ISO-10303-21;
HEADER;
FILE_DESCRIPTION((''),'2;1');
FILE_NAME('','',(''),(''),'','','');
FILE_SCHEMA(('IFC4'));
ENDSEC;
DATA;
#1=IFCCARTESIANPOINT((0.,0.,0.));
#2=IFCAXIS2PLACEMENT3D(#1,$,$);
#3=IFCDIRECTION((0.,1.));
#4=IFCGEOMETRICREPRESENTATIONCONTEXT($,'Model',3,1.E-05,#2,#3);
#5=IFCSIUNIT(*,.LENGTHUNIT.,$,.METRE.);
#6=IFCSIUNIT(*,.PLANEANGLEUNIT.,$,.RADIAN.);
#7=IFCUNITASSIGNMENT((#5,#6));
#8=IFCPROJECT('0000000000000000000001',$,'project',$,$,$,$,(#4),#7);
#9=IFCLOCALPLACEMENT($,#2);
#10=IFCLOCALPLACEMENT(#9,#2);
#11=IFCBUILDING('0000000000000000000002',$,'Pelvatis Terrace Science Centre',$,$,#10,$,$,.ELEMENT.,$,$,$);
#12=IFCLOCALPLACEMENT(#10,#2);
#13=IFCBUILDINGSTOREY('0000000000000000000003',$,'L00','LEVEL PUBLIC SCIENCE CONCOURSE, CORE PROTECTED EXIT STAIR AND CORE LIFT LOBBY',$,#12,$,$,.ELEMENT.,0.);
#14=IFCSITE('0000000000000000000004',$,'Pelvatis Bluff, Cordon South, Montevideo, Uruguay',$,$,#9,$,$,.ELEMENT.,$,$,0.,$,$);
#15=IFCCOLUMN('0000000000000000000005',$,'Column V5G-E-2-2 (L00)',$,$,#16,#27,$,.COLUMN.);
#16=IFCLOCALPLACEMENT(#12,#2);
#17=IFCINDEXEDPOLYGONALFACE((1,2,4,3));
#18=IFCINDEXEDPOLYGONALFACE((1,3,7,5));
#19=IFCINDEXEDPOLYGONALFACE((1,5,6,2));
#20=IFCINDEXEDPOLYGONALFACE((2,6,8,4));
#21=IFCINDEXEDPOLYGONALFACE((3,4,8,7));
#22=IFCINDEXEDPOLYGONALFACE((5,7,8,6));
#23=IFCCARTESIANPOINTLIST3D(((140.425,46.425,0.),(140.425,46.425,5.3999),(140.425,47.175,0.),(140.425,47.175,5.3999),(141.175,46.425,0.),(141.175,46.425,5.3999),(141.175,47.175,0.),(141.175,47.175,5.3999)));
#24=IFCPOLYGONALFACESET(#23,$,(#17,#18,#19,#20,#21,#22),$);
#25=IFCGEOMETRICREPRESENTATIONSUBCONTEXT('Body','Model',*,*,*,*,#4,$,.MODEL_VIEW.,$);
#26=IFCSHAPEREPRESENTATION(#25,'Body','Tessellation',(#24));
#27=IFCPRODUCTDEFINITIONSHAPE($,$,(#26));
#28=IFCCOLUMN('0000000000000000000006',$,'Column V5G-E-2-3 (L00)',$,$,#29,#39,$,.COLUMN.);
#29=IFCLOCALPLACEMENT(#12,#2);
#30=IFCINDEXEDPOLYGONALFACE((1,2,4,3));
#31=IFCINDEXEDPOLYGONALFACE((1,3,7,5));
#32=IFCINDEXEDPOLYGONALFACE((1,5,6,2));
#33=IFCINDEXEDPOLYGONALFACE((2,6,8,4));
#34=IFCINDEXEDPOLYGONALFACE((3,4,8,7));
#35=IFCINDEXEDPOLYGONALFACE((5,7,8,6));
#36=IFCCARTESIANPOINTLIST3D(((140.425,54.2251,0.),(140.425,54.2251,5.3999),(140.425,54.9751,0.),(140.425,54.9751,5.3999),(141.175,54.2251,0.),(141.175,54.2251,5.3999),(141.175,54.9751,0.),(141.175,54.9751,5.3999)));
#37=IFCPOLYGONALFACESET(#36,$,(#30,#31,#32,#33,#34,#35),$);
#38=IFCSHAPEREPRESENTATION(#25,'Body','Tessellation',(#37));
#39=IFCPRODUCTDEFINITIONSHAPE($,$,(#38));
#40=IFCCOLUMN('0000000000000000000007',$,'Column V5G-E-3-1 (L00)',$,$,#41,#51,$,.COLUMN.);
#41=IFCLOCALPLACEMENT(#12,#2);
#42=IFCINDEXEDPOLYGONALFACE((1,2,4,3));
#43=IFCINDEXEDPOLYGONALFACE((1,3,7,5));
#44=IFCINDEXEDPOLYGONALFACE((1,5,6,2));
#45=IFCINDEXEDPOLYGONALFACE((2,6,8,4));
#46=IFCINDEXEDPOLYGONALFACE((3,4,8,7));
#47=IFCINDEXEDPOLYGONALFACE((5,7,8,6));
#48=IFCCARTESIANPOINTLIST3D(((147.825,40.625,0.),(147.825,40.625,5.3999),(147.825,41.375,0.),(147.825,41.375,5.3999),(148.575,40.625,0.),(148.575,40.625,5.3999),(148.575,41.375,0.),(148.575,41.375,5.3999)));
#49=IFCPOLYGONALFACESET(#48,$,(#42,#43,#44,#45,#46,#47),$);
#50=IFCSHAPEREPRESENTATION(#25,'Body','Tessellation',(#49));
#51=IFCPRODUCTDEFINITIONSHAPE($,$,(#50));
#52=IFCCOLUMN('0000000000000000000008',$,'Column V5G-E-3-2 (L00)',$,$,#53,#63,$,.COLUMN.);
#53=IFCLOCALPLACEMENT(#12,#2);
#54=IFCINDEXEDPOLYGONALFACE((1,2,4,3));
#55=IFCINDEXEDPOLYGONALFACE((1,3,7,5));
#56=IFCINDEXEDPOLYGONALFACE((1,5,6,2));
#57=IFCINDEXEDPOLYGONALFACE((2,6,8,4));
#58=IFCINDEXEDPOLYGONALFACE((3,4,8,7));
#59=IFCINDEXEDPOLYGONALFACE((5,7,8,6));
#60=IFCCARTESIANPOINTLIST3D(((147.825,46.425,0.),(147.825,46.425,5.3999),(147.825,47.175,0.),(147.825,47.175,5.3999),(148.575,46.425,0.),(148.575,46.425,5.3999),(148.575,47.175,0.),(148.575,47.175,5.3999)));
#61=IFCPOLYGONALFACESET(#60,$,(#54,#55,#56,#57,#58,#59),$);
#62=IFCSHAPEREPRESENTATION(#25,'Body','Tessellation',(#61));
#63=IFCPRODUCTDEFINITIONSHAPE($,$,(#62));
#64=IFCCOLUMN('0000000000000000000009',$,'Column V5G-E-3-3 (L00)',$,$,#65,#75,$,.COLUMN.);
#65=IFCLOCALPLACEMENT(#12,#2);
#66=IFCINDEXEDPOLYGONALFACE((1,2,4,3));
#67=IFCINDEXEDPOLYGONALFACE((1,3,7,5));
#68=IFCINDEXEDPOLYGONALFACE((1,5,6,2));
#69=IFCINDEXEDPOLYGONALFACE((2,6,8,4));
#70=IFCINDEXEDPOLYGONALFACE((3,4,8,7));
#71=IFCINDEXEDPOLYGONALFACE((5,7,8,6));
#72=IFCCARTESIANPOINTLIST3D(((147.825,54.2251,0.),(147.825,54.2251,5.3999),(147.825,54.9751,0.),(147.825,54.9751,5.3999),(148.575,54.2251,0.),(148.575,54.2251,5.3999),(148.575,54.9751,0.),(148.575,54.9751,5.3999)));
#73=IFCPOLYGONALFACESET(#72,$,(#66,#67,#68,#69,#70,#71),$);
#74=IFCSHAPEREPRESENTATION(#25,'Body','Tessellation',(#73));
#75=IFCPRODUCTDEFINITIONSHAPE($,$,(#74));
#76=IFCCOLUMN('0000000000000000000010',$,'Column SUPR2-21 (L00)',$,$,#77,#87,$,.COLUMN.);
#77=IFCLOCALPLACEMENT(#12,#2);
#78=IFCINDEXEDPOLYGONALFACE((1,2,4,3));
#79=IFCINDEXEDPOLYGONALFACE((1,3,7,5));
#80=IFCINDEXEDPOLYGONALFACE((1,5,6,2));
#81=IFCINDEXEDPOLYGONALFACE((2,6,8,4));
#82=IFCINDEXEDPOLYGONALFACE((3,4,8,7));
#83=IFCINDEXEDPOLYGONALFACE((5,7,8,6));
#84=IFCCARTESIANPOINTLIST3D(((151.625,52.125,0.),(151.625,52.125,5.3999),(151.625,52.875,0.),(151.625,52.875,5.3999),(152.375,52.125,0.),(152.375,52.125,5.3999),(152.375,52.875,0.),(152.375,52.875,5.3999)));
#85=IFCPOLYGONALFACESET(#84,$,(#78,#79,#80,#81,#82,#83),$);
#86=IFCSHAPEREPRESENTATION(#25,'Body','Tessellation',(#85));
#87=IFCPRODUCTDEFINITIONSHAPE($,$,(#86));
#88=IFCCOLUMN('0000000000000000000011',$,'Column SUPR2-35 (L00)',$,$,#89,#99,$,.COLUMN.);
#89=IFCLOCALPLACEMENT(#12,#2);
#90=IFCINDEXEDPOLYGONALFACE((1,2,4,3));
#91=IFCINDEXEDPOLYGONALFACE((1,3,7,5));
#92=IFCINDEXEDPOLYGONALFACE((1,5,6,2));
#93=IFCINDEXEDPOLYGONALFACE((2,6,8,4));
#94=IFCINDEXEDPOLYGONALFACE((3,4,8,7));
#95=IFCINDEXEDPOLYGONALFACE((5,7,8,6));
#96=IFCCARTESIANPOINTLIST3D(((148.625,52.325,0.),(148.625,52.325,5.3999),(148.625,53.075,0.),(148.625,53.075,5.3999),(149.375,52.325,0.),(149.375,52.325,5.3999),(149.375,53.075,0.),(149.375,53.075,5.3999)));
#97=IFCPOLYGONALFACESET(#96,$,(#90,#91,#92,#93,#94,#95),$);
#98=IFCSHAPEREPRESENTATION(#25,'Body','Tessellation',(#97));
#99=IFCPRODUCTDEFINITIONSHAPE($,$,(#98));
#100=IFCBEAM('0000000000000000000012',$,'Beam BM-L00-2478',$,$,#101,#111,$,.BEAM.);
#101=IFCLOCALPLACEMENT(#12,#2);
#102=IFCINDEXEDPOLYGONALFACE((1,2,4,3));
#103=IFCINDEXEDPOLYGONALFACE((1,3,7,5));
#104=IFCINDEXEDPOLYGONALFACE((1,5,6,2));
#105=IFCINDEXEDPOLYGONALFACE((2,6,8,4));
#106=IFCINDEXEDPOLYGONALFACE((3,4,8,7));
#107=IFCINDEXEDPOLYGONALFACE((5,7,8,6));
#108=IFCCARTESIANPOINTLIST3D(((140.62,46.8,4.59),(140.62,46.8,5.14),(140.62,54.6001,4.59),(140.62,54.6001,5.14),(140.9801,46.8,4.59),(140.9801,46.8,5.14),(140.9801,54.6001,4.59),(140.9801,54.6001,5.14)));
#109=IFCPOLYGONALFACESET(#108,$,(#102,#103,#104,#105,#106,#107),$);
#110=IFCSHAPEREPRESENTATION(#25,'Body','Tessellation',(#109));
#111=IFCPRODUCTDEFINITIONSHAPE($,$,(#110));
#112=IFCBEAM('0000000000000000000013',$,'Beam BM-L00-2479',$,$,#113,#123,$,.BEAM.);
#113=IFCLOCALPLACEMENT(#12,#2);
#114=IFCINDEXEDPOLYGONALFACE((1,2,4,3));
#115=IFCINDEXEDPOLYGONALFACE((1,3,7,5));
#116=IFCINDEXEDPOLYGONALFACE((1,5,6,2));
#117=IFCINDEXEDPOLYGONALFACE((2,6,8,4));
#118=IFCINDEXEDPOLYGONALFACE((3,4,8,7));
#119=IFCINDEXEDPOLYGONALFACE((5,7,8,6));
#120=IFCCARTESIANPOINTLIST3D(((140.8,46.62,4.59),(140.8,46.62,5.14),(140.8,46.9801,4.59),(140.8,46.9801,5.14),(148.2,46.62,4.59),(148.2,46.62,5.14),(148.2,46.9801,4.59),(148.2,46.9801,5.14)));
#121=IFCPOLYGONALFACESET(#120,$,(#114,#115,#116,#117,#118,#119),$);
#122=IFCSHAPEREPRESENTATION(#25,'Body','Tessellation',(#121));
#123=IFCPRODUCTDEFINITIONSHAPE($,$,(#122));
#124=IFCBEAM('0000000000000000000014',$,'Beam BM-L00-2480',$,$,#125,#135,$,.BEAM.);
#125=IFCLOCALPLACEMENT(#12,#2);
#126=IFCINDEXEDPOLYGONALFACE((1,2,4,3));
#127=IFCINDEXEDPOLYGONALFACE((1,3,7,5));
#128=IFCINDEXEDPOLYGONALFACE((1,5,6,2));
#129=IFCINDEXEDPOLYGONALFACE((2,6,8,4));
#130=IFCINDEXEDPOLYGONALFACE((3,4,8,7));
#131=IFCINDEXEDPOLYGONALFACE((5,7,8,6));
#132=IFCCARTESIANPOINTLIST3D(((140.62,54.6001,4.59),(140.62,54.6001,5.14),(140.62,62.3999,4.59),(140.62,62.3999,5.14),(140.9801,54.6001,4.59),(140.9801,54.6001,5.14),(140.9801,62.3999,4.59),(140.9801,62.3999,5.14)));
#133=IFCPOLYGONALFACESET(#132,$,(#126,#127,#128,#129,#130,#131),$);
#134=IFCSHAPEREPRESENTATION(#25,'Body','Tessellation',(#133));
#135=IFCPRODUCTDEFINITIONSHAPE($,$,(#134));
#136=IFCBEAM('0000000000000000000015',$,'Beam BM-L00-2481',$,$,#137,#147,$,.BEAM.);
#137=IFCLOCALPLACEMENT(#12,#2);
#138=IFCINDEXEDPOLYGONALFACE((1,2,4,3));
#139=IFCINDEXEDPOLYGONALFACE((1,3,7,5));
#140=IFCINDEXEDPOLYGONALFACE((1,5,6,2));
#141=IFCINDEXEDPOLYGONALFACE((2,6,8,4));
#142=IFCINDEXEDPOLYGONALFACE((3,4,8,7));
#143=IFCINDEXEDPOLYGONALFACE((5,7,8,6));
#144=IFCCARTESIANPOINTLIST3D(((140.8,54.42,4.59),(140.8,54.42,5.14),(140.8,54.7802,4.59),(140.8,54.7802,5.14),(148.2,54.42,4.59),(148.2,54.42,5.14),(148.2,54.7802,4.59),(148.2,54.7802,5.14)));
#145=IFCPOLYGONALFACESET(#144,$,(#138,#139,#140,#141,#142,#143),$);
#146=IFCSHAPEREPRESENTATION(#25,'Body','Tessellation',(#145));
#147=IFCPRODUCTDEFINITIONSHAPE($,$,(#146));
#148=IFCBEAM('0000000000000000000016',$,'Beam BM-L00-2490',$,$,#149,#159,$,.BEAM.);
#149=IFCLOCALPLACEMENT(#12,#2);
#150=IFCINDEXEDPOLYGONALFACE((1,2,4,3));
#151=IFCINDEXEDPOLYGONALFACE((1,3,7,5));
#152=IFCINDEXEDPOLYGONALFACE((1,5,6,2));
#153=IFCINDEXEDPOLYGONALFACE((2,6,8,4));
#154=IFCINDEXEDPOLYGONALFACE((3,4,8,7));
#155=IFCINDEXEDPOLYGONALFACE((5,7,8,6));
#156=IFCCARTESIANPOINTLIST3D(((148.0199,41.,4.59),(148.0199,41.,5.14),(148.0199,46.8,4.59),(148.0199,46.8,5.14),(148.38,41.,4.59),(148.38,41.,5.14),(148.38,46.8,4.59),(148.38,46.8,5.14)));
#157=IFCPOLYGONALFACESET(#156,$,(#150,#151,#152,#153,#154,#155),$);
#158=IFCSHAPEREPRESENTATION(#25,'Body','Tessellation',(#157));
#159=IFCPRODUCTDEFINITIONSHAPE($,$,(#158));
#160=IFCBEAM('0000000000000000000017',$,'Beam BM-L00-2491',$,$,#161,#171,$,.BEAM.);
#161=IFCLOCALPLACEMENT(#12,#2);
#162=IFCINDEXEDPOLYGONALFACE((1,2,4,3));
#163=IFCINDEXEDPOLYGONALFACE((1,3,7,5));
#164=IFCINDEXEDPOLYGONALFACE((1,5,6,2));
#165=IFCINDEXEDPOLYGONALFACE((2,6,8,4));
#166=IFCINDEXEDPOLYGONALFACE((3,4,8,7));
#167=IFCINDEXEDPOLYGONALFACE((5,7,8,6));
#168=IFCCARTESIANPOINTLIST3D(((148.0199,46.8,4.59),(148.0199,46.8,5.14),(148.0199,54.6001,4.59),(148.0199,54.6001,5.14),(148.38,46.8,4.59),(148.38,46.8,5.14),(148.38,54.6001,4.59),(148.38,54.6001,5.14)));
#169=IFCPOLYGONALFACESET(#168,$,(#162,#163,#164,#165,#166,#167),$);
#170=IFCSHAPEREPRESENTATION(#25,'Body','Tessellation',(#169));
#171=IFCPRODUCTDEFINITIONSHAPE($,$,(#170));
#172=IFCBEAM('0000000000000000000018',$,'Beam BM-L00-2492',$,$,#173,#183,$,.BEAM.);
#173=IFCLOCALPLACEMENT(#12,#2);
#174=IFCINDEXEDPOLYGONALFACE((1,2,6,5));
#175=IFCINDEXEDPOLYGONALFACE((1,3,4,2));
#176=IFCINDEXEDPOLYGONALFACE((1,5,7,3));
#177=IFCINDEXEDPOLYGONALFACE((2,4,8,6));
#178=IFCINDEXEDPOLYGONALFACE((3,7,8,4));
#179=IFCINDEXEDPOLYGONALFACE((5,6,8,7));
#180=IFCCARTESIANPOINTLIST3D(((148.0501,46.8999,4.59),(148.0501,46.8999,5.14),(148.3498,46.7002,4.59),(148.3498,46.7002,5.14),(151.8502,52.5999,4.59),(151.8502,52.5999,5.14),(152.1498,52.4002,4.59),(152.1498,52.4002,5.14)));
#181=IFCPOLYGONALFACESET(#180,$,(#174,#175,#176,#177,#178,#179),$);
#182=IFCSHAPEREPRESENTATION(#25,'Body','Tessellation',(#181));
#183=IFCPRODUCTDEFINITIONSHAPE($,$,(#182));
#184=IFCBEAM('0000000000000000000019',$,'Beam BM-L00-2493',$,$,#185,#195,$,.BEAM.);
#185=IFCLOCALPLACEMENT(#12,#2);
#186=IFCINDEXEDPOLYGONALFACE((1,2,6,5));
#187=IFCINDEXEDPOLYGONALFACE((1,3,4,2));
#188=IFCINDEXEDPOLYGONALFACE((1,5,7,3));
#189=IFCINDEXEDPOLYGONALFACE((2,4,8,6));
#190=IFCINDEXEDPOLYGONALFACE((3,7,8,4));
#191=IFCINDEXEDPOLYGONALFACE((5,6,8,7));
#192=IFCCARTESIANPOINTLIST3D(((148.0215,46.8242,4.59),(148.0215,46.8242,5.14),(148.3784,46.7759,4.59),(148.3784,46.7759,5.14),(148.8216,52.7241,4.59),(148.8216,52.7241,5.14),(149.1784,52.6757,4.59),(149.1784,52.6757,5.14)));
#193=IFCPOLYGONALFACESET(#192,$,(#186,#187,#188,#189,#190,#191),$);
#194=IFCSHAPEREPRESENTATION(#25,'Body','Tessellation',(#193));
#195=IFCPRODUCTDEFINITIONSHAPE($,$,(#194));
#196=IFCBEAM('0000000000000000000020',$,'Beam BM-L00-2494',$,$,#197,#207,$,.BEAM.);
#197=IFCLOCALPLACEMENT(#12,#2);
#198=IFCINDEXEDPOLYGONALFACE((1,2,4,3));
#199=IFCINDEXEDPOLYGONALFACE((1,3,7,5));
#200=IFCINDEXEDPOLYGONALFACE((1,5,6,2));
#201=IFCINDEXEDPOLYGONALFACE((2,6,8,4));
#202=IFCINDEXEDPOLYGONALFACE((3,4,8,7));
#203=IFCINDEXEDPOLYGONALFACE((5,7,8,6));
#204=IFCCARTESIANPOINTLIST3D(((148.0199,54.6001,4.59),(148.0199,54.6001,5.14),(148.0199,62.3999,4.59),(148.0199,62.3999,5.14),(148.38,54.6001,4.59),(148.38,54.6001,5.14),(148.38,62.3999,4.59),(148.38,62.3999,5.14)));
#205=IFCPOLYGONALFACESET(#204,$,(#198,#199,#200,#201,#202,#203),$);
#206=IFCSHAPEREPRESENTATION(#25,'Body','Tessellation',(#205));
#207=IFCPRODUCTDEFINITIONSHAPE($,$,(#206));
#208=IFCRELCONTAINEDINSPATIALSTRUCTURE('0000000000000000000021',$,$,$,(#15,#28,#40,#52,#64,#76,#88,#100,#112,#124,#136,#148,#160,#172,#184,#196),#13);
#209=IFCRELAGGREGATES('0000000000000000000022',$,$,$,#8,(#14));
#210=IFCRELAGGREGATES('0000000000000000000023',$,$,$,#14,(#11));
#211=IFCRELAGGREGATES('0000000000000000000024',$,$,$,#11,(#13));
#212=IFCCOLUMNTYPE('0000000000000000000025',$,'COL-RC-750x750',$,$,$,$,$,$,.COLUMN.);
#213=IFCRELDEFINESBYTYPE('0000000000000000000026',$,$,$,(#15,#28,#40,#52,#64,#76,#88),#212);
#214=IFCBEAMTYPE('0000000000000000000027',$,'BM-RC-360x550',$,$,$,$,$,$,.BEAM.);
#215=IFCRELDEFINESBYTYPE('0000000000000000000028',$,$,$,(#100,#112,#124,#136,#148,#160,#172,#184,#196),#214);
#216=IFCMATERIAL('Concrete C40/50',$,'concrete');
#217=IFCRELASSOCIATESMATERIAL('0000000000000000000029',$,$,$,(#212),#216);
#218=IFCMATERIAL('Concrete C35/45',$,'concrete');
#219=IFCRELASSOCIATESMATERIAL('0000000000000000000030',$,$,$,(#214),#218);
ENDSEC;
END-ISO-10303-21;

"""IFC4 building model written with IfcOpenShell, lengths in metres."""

from ifc_helpers import new_model, si_unit, direction, frame, origin, origin_2d, place, context, subcontext, project, spatial, rectangle, extrude, material, material_profile, profile_set, type_object, element, save


model = new_model("IFC4")

# Units and contexts
model_context = context("Model", 3, precision=1e-05, world=origin(), true_north=direction((0.0, 1.0)))
body_context = subcontext(model_context, "Body", "Model", "MODEL_VIEW")
ifc_project = project(units=[si_unit("LENGTHUNIT", "METRE"), si_unit("PLANEANGLEUNIT", "RADIAN")], contexts=[model_context])

# Site, building, storey
site_placement = place(None, origin())
site = spatial("IfcSite", under=ifc_project, at=site_placement, Name="Pelvatis Bluff, Cordon South, Montevideo, Uruguay", CompositionType="ELEMENT", RefElevation=0.0)
building_placement = place(site_placement, origin())
building = spatial("IfcBuilding", under=site, at=building_placement, Name="Pelvatis Terrace Science Centre", CompositionType="ELEMENT")
storey_placement = place(building_placement, origin())
storey = spatial("IfcBuildingStorey", under=building, at=storey_placement, Name="L00", Description="LEVEL PUBLIC SCIENCE CONCOURSE, CORE PROTECTED EXIT STAIR AND CORE LIFT LOBBY", CompositionType="ELEMENT", Elevation=0.0)

# Columns
ifc_material_1 = material(Name="Concrete C40/50", Category="concrete")
ifc_material_profile_1 = material_profile(ifc_material_1, rectangle(XDim=0.75, YDim=0.75, at=origin_2d()), Name="RC-COL 750x750")
ifc_profile_set_1 = profile_set([ifc_material_profile_1], Name="Concrete C40/50")
column_type = type_object("IfcColumnType", Name="COL-RC-750x750", PredefinedType="COLUMN", material=ifc_profile_set_1)
for number, where, z_axis, x_axis, name in (
    (1, (140.8, 46.8, 0.0), (0.0, 0.0, 1.0), (1.0, 0.0, 0.0), "Column V5G-E-2-2 (L00)"),
    (2, (140.8, 54.6001, 0.0), (0.0, 0.0, 1.0), (1.0, 0.0, 0.0), "Column V5G-E-2-3 (L00)"),
    (3, (148.2, 41.0, 0.0), (0.0, 0.0, 1.0), (1.0, 0.0, 0.0), "Column V5G-E-3-1 (L00)"),
    (4, (148.2, 46.8, 0.0), (0.0, 0.0, 1.0), (1.0, 0.0, 0.0), "Column V5G-E-3-2 (L00)"),
    (5, (148.2, 54.6001, 0.0), (0.0, 0.0, 1.0), (1.0, 0.0, 0.0), "Column V5G-E-3-3 (L00)"),
    (6, (152.0, 52.5, 0.0), (0.0, 0.0, 1.0), (1.0, 0.0, 0.0), "Column SUPR2-21 (L00)"),
    (7, (149.0, 52.7, 0.0), (0.0, 0.0, 1.0), (1.0, 0.0, 0.0), "Column SUPR2-35 (L00)"),
):
    element("IfcColumn", number, at=place(storey_placement, frame(where, z_axis=z_axis, x_axis=x_axis)), inside=storey, type_object=column_type, Name=name, PredefinedType="COLUMN", context=body_context, shape_type="SweptSolid", body=[
        extrude(rectangle(XDim=0.75, YDim=0.75, at=origin_2d()), origin(), (0.0, 0.0, 1.0), 5.3999),
    ])

# Beams
ifc_material_2 = material(Name="Concrete C35/45", Category="concrete")
ifc_material_profile_2 = material_profile(ifc_material_2, rectangle(XDim=0.3601, YDim=0.55, at=origin_2d()), Name="RC-BM 360x550")
ifc_profile_set_2 = profile_set([ifc_material_profile_2], Name="Concrete C35/45")
beam_type_1 = type_object("IfcBeamType", Name="BM-RC-360x550", PredefinedType="BEAM", material=ifc_profile_set_2)
beam_1_placement = place(storey_placement, frame((140.8, 46.8, 4.865), z_axis=(0.0, 1.0, 0.0), x_axis=(-1.0, 0.0, 0.0)))
element("IfcBeam", 8, at=beam_1_placement, inside=storey, type_object=beam_type_1, Name="Beam BM-L00-2478", PredefinedType="BEAM", context=body_context, shape_type="SweptSolid", body=[
    extrude(rectangle(XDim=0.3601, YDim=0.55, at=origin_2d()), origin(), (0.0, 0.0, 1.0), 7.8),
])
beam_2_placement = place(storey_placement, frame((140.8, 46.8, 4.865), z_axis=(1.0, 0.0, 0.0), x_axis=(0.0, 1.0, 0.0)))
element("IfcBeam", 9, at=beam_2_placement, inside=storey, type_object=beam_type_1, Name="Beam BM-L00-2479", PredefinedType="BEAM", context=body_context, shape_type="SweptSolid", body=[
    extrude(rectangle(XDim=0.3601, YDim=0.55, at=origin_2d()), origin(), (0.0, 0.0, 1.0), 7.3999),
])
beam_3_placement = place(storey_placement, frame((140.8, 54.6001, 4.865), z_axis=(0.0, 1.0, 0.0), x_axis=(-1.0, 0.0, 0.0)))
element("IfcBeam", 10, at=beam_3_placement, inside=storey, type_object=beam_type_1, Name="Beam BM-L00-2480", PredefinedType="BEAM", context=body_context, shape_type="SweptSolid", body=[
    extrude(rectangle(XDim=0.3601, YDim=0.55, at=origin_2d()), origin(), (0.0, 0.0, 1.0), 7.7998),
])
beam_4_placement = place(storey_placement, frame((140.8, 54.6001, 4.865), z_axis=(1.0, 0.0, 0.0), x_axis=(0.0, 1.0, 0.0)))
element("IfcBeam", 11, at=beam_4_placement, inside=storey, type_object=beam_type_1, Name="Beam BM-L00-2481", PredefinedType="BEAM", context=body_context, shape_type="SweptSolid", body=[
    extrude(rectangle(XDim=0.3601, YDim=0.55, at=origin_2d()), origin(), (0.0, 0.0, 1.0), 7.3999),
])
beam_5_placement = place(storey_placement, frame((148.2, 41.0, 4.865), z_axis=(0.0, 1.0, 0.0), x_axis=(-1.0, 0.0, 0.0)))
element("IfcBeam", 12, at=beam_5_placement, inside=storey, type_object=beam_type_1, Name="Beam BM-L00-2490", PredefinedType="BEAM", context=body_context, shape_type="SweptSolid", body=[
    extrude(rectangle(XDim=0.3601, YDim=0.55, at=origin_2d()), origin(), (0.0, 0.0, 1.0), 5.8),
])
beam_6_placement = place(storey_placement, frame((148.2, 46.8, 4.865), z_axis=(0.0, 1.0, 0.0), x_axis=(-1.0, 0.0, 0.0)))
element("IfcBeam", 13, at=beam_6_placement, inside=storey, type_object=beam_type_1, Name="Beam BM-L00-2491", PredefinedType="BEAM", context=body_context, shape_type="SweptSolid", body=[
    extrude(rectangle(XDim=0.3601, YDim=0.55, at=origin_2d()), origin(), (0.0, 0.0, 1.0), 7.8),
])
beam_7_placement = place(storey_placement, frame((148.2, 46.8, 4.865), z_axis=(0.554708, 0.832045, 0.0), x_axis=(-0.832045, 0.554708, 0.0)))
element("IfcBeam", 14, at=beam_7_placement, inside=storey, type_object=beam_type_1, Name="Beam BM-L00-2492", PredefinedType="BEAM", context=body_context, shape_type="SweptSolid", body=[
    extrude(rectangle(XDim=0.3601, YDim=0.55, at=origin_2d()), origin(), (0.0, 0.0, 1.0), 6.8506),
])
beam_8_placement = place(storey_placement, frame((148.2, 46.8, 4.865), z_axis=(0.134374, 0.990931, 0.0), x_axis=(-0.990931, 0.134374, 0.0)))
element("IfcBeam", 15, at=beam_8_placement, inside=storey, type_object=beam_type_1, Name="Beam BM-L00-2493", PredefinedType="BEAM", context=body_context, shape_type="SweptSolid", body=[
    extrude(rectangle(XDim=0.3601, YDim=0.55, at=origin_2d()), origin(), (0.0, 0.0, 1.0), 5.9539),
])
beam_9_placement = place(storey_placement, frame((148.2, 54.6001, 4.865), z_axis=(0.0, 1.0, 0.0), x_axis=(-1.0, 0.0, 0.0)))
element("IfcBeam", 16, at=beam_9_placement, inside=storey, type_object=beam_type_1, Name="Beam BM-L00-2494", PredefinedType="BEAM", context=body_context, shape_type="SweptSolid", body=[
    extrude(rectangle(XDim=0.3601, YDim=0.55, at=origin_2d()), origin(), (0.0, 0.0, 1.0), 7.7998),
])

save(model, "model.ifc")
